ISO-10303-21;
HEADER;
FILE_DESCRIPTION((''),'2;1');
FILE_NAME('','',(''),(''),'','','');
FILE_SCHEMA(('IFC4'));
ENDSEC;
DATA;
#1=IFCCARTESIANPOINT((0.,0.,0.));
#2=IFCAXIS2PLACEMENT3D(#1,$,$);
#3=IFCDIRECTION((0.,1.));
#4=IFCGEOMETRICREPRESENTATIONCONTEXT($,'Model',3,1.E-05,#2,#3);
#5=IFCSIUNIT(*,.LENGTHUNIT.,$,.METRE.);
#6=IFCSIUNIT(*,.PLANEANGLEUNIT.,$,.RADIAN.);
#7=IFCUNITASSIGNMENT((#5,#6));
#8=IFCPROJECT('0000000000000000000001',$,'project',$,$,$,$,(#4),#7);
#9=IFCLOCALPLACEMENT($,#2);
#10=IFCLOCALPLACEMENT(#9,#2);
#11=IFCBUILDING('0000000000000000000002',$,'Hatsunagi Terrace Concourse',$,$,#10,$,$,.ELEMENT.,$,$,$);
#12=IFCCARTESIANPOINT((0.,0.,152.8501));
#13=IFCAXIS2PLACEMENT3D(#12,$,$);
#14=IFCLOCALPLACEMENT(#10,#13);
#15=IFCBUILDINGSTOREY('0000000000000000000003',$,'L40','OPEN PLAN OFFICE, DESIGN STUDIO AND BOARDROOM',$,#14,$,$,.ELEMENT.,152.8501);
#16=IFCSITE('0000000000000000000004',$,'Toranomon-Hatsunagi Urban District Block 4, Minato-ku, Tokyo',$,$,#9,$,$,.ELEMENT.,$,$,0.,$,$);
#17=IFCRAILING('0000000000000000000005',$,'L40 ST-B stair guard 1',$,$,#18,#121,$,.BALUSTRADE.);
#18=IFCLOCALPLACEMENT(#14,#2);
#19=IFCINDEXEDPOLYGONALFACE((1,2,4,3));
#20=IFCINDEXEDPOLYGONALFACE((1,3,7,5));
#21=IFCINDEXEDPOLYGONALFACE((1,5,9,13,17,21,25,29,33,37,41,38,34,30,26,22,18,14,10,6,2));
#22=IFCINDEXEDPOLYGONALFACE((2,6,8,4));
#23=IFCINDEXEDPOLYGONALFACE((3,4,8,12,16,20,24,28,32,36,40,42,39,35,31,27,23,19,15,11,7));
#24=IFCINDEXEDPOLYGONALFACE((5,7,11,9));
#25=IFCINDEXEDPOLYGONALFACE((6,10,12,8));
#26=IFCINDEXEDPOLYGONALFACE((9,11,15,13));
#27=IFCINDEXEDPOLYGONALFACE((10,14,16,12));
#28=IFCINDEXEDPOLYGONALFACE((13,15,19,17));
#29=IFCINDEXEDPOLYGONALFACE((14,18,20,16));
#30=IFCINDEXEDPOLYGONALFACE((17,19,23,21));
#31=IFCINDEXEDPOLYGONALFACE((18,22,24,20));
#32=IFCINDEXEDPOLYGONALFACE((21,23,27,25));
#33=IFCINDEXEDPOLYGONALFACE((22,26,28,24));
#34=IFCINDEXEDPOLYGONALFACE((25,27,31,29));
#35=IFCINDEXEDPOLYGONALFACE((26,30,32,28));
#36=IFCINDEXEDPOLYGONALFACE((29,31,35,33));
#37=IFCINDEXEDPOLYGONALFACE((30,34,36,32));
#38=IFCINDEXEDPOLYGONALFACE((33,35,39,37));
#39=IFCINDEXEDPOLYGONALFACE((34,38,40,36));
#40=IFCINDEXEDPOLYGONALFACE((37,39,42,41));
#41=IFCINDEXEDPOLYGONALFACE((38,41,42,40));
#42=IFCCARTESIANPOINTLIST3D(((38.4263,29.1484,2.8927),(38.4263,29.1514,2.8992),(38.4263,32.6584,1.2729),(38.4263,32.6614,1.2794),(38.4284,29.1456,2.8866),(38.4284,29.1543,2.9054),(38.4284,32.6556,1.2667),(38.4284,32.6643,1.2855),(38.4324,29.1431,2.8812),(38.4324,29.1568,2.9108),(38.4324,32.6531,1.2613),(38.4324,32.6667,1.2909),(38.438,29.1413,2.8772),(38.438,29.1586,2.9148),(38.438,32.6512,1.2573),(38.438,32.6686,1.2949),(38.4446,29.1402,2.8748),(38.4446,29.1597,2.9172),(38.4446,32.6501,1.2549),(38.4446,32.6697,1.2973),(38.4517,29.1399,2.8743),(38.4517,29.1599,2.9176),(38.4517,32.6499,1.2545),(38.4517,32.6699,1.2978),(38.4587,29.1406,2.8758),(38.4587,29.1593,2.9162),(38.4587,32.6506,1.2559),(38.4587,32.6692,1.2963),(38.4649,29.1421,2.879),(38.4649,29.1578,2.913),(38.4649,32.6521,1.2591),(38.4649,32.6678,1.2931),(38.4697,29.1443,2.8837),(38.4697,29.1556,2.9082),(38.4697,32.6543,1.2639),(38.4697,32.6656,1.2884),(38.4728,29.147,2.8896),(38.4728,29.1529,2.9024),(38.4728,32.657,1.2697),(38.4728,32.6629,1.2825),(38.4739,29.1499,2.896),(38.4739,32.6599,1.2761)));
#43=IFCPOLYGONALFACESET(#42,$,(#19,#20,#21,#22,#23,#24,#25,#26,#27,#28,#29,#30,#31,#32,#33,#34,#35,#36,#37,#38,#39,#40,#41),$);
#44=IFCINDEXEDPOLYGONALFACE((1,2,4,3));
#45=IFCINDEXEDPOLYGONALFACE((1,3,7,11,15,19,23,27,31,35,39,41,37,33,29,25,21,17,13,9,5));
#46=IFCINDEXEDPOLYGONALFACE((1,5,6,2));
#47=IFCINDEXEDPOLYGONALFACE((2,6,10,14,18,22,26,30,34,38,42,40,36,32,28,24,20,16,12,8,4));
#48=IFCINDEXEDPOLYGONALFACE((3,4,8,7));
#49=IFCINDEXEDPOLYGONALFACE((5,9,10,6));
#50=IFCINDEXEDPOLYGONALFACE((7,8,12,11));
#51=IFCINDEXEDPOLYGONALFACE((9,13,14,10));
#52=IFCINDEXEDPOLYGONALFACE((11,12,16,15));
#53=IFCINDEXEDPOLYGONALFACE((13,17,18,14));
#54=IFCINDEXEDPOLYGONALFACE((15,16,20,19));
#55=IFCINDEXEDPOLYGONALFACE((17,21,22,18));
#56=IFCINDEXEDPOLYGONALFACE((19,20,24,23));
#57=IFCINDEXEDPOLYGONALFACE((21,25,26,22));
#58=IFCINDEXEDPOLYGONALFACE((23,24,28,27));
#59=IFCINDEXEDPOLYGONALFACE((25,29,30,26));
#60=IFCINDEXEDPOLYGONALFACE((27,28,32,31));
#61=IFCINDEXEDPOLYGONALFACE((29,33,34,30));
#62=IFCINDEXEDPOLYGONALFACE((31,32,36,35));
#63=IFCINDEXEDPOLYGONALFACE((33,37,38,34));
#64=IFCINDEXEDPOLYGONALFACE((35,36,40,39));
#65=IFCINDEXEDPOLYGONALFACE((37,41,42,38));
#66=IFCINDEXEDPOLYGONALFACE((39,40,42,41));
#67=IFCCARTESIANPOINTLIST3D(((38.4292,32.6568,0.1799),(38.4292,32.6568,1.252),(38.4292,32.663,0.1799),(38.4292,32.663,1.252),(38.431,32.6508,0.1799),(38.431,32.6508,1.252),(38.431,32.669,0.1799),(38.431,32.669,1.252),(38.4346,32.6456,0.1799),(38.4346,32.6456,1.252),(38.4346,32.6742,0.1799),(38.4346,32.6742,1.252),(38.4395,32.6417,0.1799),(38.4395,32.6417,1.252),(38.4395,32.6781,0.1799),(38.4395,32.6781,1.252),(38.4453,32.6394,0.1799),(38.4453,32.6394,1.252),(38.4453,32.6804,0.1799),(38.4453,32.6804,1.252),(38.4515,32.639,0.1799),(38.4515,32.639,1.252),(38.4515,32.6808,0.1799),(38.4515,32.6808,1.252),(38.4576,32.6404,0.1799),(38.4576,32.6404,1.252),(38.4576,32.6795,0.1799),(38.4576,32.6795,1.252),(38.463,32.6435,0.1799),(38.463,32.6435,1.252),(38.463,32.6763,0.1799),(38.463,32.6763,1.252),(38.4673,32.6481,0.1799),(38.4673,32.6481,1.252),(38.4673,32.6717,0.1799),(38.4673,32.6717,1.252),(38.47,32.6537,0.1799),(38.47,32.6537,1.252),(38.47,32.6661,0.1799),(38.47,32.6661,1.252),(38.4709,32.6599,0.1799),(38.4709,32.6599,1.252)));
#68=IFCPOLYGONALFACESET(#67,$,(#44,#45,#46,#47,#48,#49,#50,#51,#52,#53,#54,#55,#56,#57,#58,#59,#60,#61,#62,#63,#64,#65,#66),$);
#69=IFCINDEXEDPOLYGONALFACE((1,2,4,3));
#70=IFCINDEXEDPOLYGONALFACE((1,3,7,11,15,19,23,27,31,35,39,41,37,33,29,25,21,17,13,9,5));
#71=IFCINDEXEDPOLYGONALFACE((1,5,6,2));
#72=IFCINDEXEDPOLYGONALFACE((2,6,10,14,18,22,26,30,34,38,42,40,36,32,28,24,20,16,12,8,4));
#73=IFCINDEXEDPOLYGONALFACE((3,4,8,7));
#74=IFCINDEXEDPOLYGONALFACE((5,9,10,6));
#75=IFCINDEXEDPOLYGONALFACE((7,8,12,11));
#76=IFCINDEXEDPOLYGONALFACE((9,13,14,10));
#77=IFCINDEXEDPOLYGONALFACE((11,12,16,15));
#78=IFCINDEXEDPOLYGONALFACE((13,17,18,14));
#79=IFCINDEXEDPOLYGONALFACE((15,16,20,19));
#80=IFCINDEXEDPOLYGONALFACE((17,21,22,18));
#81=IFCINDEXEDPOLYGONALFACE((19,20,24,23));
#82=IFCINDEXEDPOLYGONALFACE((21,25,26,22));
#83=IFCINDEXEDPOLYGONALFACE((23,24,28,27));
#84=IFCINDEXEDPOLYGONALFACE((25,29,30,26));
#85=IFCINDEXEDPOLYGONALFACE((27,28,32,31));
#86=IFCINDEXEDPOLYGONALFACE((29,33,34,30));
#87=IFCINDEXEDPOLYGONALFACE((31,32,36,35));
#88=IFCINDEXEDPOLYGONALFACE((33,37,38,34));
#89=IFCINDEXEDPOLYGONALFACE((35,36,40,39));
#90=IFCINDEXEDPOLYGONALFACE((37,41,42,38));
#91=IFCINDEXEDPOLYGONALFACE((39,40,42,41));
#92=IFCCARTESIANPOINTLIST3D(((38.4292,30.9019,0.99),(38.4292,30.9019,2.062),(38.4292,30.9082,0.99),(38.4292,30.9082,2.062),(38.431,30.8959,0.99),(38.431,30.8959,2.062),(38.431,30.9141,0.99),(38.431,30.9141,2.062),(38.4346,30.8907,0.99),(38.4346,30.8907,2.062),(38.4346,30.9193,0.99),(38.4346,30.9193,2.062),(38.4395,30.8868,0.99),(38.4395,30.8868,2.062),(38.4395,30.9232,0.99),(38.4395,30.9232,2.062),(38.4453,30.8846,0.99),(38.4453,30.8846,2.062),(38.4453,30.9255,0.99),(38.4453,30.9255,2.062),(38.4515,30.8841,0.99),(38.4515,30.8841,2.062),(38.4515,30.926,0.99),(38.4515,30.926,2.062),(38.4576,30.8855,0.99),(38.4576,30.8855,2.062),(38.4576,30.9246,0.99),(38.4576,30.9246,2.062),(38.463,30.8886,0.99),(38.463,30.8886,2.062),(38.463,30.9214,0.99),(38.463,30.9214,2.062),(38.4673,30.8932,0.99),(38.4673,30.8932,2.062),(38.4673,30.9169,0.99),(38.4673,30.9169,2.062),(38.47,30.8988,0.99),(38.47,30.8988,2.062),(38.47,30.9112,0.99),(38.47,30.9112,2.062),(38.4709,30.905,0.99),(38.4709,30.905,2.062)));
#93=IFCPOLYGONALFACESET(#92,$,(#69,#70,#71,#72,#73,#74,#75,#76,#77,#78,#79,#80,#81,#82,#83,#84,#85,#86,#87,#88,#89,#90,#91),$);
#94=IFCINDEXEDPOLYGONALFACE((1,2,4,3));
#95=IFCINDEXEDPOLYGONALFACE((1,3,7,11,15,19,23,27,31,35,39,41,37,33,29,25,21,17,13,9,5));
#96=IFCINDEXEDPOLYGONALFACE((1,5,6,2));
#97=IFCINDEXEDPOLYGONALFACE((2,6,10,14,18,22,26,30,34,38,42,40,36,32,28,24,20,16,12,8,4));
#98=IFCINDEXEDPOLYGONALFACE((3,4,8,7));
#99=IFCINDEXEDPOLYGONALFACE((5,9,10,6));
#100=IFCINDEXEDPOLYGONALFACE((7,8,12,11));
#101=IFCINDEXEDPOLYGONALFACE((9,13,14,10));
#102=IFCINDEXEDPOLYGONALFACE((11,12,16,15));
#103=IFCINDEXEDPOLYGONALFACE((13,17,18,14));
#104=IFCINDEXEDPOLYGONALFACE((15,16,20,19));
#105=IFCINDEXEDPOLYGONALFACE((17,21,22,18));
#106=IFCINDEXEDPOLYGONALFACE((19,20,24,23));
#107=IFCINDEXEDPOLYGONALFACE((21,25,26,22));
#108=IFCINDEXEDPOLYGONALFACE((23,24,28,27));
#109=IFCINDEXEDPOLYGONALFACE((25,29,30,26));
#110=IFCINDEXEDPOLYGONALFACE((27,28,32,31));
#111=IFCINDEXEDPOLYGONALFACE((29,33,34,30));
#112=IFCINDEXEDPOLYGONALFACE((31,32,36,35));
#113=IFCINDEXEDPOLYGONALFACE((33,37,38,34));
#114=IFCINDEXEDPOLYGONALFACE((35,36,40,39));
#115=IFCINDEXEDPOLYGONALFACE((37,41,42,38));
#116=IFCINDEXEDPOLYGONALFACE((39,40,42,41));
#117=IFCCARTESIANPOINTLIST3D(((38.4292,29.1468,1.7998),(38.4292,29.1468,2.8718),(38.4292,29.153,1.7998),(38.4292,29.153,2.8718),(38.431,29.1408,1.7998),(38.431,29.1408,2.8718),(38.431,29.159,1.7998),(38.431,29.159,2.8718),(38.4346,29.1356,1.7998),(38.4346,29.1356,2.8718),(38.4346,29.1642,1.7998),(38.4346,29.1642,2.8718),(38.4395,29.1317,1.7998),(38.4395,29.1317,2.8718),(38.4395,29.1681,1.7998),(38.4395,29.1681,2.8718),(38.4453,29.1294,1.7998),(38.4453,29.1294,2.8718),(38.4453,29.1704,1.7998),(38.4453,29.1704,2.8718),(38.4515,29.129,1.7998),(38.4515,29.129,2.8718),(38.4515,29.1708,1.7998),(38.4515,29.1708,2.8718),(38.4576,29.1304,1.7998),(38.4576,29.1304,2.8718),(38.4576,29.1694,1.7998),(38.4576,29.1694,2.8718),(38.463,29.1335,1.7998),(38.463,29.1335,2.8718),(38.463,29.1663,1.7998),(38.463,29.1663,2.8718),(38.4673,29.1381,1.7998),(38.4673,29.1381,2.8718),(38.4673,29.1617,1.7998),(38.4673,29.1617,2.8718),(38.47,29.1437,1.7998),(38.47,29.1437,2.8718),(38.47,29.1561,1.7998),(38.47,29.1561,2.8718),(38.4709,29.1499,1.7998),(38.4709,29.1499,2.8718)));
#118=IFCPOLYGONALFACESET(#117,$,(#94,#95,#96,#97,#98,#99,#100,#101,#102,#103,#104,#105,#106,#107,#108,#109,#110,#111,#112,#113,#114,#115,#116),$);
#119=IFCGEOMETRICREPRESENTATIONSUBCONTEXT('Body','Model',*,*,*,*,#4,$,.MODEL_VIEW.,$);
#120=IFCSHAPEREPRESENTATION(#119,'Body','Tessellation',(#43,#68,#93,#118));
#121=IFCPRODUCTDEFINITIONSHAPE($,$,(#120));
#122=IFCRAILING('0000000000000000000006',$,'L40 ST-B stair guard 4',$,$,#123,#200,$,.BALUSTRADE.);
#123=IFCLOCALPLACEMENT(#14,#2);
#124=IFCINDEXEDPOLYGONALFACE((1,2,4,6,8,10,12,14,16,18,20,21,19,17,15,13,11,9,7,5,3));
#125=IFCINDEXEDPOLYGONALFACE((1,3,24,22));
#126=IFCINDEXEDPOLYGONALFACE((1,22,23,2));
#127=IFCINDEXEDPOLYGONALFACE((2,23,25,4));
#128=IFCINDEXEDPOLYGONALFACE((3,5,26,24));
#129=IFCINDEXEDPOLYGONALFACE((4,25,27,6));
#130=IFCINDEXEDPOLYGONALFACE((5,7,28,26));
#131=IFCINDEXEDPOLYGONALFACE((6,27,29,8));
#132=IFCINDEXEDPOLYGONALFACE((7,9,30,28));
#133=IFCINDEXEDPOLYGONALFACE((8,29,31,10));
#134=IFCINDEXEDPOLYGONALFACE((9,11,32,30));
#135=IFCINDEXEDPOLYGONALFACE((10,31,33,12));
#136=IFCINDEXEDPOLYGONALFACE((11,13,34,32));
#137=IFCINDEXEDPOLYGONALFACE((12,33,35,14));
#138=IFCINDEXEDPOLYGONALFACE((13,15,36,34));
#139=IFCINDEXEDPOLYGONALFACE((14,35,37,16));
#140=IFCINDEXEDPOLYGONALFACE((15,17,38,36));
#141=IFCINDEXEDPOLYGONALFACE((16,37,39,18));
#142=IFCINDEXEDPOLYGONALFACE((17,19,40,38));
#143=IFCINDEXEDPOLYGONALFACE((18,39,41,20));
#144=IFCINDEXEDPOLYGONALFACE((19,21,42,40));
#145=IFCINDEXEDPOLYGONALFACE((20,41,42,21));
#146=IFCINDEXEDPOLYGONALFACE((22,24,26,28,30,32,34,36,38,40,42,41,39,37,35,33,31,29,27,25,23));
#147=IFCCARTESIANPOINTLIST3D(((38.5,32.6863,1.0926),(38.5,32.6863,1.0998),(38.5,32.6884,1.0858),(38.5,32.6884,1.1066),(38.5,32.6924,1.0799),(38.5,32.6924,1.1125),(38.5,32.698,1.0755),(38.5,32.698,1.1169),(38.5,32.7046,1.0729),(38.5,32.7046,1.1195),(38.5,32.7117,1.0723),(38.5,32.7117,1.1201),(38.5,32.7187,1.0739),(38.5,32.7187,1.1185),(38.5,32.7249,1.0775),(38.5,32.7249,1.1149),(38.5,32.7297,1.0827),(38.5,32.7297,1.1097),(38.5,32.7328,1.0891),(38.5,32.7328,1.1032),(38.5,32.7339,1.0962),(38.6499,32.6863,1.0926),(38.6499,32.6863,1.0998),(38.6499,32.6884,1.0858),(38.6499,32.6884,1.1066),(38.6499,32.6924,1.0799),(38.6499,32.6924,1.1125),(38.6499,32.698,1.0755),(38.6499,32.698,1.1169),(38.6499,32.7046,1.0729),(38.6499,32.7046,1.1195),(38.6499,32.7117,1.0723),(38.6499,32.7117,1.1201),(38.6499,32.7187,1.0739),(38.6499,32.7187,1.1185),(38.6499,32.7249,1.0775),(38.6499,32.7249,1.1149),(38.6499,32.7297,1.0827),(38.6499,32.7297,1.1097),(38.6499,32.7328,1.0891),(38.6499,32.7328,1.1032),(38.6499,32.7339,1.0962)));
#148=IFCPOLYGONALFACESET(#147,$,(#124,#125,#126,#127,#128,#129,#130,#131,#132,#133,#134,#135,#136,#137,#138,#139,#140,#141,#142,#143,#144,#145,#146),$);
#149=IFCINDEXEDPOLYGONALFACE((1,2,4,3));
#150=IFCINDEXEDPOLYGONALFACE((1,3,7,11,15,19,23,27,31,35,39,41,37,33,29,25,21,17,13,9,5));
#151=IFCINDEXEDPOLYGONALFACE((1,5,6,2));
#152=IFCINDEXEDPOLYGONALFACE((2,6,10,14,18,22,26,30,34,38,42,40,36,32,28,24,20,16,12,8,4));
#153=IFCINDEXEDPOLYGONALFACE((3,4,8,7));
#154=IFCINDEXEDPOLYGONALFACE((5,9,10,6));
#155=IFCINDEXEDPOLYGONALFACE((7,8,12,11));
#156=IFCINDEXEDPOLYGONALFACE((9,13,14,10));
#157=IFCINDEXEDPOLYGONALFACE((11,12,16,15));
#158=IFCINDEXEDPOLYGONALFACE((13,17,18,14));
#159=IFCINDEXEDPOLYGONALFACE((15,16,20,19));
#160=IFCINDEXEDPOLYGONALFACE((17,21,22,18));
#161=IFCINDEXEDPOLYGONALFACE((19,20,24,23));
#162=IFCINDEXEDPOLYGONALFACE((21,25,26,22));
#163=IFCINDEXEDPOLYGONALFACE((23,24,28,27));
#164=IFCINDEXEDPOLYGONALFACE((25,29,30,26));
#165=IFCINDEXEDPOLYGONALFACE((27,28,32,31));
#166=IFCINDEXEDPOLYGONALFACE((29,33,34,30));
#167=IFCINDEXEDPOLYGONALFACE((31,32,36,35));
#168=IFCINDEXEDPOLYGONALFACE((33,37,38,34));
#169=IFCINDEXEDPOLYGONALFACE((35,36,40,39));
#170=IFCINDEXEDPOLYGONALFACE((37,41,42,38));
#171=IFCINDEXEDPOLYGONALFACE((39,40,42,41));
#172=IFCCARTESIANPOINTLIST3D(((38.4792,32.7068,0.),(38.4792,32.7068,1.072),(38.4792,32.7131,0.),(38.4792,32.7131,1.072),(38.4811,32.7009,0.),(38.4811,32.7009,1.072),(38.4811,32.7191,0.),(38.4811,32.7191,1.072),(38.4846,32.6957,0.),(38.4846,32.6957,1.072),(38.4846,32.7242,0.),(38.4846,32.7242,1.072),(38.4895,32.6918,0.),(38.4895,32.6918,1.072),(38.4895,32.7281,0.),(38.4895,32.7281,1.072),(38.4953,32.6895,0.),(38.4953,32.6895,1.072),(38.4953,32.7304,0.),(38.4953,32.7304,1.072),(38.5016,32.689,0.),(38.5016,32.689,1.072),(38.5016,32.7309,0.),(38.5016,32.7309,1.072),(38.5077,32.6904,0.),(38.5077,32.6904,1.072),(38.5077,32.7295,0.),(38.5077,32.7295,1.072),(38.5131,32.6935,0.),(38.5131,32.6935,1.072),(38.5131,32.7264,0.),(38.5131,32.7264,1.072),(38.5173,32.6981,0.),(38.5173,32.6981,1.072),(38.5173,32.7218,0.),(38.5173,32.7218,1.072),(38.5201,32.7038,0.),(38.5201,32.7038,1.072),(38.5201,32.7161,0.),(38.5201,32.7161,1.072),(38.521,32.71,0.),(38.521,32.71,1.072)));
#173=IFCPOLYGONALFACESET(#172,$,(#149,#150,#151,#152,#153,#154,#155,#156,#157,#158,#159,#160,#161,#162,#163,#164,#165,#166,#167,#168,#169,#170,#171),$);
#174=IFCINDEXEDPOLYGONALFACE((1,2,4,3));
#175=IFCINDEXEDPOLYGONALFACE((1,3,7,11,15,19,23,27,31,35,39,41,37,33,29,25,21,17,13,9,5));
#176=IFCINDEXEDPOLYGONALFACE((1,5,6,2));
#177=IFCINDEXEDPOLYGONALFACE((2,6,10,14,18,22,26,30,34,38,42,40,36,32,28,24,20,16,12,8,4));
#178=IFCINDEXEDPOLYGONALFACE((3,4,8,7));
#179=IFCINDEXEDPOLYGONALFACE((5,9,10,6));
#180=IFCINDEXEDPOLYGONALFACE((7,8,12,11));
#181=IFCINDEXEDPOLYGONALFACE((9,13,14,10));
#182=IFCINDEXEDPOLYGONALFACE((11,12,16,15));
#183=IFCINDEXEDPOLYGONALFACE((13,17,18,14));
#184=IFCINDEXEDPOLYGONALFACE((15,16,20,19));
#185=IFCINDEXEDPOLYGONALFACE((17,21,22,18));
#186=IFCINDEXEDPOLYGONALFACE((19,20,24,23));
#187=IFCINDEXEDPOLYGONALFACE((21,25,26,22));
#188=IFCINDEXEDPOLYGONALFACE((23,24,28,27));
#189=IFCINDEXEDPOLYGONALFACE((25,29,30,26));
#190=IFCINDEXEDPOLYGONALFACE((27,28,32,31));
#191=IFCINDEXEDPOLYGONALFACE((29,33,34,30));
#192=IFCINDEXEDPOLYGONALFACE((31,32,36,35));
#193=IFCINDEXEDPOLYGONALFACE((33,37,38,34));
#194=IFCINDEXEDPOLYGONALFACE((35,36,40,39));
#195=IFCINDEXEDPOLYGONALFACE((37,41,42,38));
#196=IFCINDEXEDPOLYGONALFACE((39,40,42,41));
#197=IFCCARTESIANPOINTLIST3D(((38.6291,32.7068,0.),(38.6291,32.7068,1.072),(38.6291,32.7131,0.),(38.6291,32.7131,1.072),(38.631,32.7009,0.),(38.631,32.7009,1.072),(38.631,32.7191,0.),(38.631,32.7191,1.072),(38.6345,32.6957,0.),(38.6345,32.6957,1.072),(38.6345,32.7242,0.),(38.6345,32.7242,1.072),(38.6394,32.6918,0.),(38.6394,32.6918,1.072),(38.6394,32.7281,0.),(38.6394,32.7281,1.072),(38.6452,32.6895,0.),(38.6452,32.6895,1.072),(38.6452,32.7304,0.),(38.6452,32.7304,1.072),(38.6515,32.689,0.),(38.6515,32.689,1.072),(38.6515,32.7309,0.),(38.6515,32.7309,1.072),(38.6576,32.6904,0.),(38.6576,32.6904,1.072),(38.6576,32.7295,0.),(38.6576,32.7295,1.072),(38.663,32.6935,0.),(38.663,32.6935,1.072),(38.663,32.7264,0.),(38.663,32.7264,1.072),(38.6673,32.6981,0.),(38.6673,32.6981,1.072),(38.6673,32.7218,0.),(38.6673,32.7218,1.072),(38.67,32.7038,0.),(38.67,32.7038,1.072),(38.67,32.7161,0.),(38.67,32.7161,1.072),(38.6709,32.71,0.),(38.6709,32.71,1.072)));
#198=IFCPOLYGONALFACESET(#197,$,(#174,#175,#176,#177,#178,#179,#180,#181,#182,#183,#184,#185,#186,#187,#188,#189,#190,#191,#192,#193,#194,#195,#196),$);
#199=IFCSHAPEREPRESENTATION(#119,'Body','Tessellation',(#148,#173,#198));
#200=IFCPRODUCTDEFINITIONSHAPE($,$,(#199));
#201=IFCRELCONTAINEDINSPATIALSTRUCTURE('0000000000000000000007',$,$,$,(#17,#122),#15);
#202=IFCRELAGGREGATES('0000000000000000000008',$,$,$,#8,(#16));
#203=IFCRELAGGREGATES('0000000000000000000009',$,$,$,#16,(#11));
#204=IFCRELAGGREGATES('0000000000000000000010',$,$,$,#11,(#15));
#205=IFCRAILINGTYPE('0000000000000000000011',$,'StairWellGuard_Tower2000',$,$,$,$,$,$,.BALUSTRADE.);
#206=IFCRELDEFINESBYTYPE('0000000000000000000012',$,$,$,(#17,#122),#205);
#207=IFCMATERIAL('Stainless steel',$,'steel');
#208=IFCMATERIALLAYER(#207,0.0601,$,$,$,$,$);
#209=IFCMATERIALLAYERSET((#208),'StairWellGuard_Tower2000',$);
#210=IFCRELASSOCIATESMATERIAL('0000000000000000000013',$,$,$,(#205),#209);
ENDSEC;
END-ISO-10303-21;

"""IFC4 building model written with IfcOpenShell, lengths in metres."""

from ifc_helpers import new_model, si_unit, direction, frame, origin, origin_2d, place, context, subcontext, project, spatial, circle, extrude, material, layer, layer_set, type_object, element, save


model = new_model("IFC4")

# Units and contexts
model_context = context("Model", 3, precision=1e-05, world=origin(), true_north=direction((0.0, 1.0)))
body_context = subcontext(model_context, "Body", "Model", "MODEL_VIEW")
ifc_project = project(units=[si_unit("LENGTHUNIT", "METRE"), si_unit("PLANEANGLEUNIT", "RADIAN")], contexts=[model_context])

# Site, building, storey
site_placement = place(None, origin())
site = spatial("IfcSite", under=ifc_project, at=site_placement, Name="Toranomon-Hatsunagi Urban District Block 4, Minato-ku, Tokyo", CompositionType="ELEMENT", RefElevation=0.0)
building_placement = place(site_placement, origin())
building = spatial("IfcBuilding", under=site, at=building_placement, Name="Hatsunagi Terrace Concourse", CompositionType="ELEMENT")
storey_placement = place(building_placement, frame((0.0, 0.0, 152.8501)))
storey = spatial("IfcBuildingStorey", under=building, at=storey_placement, Name="L40", Description="OPEN PLAN OFFICE, DESIGN STUDIO AND BOARDROOM", CompositionType="ELEMENT", Elevation=152.8501)

# Railings
ifc_material_1 = material(Name="Stainless steel", Category="steel")
ifc_layer_1 = layer(ifc_material_1, 0.0601)
ifc_layer_set_1 = layer_set([ifc_layer_1], Name="StairWellGuard_Tower2000")
railing_type_1 = type_object("IfcRailingType", Name="StairWellGuard_Tower2000", PredefinedType="BALUSTRADE", material=ifc_layer_set_1)
railing_1_placement = place(storey_placement, frame((38.45, 32.6599, 0.1799)))
element("IfcRailing", 1, at=railing_1_placement, inside=storey, type_object=railing_type_1, Name="L40 ST-B stair guard 1", PredefinedType="BALUSTRADE", context=body_context, shape_type="SweptSolid", body=[
    extrude(circle(Radius=0.0239, at=origin_2d()), frame((0.0, 0.0, 1.0962), z_axis=(0.0, -0.907972, 0.41903), x_axis=(1.0, 0.0, 0.0)), (0.0, 0.0, 1.0), 3.8657),
    extrude(circle(Radius=0.021, at=origin_2d()), origin(), (0.0, 0.0, 1.0), 1.072),
    extrude(circle(Radius=0.021, at=origin_2d()), frame((0.0, -1.7549, 0.8101)), (0.0, 0.0, 1.0), 1.072),
    extrude(circle(Radius=0.021, at=origin_2d()), frame((0.0, -3.51, 1.6199)), (0.0, 0.0, 1.0), 1.072),
])
railing_2_placement = place(storey_placement, frame((38.5, 32.71, 0.0)))
element("IfcRailing", 2, at=railing_2_placement, inside=storey, type_object=railing_type_1, Name="L40 ST-B stair guard 4", PredefinedType="BALUSTRADE", context=body_context, shape_type="SweptSolid", body=[
    extrude(circle(Radius=0.0239, at=origin_2d()), frame((0.0, 0.0, 1.0962), z_axis=(1.0, 0.0, 0.0), x_axis=(0.0, 1.0, 0.0)), (0.0, 0.0, 1.0), 0.1499),
    extrude(circle(Radius=0.021, at=origin_2d()), origin(), (0.0, 0.0, 1.0), 1.072),
    extrude(circle(Radius=0.021, at=origin_2d()), frame((0.1499, 0.0, 0.0)), (0.0, 0.0, 1.0), 1.072),
])

save(model, "model.ifc")
